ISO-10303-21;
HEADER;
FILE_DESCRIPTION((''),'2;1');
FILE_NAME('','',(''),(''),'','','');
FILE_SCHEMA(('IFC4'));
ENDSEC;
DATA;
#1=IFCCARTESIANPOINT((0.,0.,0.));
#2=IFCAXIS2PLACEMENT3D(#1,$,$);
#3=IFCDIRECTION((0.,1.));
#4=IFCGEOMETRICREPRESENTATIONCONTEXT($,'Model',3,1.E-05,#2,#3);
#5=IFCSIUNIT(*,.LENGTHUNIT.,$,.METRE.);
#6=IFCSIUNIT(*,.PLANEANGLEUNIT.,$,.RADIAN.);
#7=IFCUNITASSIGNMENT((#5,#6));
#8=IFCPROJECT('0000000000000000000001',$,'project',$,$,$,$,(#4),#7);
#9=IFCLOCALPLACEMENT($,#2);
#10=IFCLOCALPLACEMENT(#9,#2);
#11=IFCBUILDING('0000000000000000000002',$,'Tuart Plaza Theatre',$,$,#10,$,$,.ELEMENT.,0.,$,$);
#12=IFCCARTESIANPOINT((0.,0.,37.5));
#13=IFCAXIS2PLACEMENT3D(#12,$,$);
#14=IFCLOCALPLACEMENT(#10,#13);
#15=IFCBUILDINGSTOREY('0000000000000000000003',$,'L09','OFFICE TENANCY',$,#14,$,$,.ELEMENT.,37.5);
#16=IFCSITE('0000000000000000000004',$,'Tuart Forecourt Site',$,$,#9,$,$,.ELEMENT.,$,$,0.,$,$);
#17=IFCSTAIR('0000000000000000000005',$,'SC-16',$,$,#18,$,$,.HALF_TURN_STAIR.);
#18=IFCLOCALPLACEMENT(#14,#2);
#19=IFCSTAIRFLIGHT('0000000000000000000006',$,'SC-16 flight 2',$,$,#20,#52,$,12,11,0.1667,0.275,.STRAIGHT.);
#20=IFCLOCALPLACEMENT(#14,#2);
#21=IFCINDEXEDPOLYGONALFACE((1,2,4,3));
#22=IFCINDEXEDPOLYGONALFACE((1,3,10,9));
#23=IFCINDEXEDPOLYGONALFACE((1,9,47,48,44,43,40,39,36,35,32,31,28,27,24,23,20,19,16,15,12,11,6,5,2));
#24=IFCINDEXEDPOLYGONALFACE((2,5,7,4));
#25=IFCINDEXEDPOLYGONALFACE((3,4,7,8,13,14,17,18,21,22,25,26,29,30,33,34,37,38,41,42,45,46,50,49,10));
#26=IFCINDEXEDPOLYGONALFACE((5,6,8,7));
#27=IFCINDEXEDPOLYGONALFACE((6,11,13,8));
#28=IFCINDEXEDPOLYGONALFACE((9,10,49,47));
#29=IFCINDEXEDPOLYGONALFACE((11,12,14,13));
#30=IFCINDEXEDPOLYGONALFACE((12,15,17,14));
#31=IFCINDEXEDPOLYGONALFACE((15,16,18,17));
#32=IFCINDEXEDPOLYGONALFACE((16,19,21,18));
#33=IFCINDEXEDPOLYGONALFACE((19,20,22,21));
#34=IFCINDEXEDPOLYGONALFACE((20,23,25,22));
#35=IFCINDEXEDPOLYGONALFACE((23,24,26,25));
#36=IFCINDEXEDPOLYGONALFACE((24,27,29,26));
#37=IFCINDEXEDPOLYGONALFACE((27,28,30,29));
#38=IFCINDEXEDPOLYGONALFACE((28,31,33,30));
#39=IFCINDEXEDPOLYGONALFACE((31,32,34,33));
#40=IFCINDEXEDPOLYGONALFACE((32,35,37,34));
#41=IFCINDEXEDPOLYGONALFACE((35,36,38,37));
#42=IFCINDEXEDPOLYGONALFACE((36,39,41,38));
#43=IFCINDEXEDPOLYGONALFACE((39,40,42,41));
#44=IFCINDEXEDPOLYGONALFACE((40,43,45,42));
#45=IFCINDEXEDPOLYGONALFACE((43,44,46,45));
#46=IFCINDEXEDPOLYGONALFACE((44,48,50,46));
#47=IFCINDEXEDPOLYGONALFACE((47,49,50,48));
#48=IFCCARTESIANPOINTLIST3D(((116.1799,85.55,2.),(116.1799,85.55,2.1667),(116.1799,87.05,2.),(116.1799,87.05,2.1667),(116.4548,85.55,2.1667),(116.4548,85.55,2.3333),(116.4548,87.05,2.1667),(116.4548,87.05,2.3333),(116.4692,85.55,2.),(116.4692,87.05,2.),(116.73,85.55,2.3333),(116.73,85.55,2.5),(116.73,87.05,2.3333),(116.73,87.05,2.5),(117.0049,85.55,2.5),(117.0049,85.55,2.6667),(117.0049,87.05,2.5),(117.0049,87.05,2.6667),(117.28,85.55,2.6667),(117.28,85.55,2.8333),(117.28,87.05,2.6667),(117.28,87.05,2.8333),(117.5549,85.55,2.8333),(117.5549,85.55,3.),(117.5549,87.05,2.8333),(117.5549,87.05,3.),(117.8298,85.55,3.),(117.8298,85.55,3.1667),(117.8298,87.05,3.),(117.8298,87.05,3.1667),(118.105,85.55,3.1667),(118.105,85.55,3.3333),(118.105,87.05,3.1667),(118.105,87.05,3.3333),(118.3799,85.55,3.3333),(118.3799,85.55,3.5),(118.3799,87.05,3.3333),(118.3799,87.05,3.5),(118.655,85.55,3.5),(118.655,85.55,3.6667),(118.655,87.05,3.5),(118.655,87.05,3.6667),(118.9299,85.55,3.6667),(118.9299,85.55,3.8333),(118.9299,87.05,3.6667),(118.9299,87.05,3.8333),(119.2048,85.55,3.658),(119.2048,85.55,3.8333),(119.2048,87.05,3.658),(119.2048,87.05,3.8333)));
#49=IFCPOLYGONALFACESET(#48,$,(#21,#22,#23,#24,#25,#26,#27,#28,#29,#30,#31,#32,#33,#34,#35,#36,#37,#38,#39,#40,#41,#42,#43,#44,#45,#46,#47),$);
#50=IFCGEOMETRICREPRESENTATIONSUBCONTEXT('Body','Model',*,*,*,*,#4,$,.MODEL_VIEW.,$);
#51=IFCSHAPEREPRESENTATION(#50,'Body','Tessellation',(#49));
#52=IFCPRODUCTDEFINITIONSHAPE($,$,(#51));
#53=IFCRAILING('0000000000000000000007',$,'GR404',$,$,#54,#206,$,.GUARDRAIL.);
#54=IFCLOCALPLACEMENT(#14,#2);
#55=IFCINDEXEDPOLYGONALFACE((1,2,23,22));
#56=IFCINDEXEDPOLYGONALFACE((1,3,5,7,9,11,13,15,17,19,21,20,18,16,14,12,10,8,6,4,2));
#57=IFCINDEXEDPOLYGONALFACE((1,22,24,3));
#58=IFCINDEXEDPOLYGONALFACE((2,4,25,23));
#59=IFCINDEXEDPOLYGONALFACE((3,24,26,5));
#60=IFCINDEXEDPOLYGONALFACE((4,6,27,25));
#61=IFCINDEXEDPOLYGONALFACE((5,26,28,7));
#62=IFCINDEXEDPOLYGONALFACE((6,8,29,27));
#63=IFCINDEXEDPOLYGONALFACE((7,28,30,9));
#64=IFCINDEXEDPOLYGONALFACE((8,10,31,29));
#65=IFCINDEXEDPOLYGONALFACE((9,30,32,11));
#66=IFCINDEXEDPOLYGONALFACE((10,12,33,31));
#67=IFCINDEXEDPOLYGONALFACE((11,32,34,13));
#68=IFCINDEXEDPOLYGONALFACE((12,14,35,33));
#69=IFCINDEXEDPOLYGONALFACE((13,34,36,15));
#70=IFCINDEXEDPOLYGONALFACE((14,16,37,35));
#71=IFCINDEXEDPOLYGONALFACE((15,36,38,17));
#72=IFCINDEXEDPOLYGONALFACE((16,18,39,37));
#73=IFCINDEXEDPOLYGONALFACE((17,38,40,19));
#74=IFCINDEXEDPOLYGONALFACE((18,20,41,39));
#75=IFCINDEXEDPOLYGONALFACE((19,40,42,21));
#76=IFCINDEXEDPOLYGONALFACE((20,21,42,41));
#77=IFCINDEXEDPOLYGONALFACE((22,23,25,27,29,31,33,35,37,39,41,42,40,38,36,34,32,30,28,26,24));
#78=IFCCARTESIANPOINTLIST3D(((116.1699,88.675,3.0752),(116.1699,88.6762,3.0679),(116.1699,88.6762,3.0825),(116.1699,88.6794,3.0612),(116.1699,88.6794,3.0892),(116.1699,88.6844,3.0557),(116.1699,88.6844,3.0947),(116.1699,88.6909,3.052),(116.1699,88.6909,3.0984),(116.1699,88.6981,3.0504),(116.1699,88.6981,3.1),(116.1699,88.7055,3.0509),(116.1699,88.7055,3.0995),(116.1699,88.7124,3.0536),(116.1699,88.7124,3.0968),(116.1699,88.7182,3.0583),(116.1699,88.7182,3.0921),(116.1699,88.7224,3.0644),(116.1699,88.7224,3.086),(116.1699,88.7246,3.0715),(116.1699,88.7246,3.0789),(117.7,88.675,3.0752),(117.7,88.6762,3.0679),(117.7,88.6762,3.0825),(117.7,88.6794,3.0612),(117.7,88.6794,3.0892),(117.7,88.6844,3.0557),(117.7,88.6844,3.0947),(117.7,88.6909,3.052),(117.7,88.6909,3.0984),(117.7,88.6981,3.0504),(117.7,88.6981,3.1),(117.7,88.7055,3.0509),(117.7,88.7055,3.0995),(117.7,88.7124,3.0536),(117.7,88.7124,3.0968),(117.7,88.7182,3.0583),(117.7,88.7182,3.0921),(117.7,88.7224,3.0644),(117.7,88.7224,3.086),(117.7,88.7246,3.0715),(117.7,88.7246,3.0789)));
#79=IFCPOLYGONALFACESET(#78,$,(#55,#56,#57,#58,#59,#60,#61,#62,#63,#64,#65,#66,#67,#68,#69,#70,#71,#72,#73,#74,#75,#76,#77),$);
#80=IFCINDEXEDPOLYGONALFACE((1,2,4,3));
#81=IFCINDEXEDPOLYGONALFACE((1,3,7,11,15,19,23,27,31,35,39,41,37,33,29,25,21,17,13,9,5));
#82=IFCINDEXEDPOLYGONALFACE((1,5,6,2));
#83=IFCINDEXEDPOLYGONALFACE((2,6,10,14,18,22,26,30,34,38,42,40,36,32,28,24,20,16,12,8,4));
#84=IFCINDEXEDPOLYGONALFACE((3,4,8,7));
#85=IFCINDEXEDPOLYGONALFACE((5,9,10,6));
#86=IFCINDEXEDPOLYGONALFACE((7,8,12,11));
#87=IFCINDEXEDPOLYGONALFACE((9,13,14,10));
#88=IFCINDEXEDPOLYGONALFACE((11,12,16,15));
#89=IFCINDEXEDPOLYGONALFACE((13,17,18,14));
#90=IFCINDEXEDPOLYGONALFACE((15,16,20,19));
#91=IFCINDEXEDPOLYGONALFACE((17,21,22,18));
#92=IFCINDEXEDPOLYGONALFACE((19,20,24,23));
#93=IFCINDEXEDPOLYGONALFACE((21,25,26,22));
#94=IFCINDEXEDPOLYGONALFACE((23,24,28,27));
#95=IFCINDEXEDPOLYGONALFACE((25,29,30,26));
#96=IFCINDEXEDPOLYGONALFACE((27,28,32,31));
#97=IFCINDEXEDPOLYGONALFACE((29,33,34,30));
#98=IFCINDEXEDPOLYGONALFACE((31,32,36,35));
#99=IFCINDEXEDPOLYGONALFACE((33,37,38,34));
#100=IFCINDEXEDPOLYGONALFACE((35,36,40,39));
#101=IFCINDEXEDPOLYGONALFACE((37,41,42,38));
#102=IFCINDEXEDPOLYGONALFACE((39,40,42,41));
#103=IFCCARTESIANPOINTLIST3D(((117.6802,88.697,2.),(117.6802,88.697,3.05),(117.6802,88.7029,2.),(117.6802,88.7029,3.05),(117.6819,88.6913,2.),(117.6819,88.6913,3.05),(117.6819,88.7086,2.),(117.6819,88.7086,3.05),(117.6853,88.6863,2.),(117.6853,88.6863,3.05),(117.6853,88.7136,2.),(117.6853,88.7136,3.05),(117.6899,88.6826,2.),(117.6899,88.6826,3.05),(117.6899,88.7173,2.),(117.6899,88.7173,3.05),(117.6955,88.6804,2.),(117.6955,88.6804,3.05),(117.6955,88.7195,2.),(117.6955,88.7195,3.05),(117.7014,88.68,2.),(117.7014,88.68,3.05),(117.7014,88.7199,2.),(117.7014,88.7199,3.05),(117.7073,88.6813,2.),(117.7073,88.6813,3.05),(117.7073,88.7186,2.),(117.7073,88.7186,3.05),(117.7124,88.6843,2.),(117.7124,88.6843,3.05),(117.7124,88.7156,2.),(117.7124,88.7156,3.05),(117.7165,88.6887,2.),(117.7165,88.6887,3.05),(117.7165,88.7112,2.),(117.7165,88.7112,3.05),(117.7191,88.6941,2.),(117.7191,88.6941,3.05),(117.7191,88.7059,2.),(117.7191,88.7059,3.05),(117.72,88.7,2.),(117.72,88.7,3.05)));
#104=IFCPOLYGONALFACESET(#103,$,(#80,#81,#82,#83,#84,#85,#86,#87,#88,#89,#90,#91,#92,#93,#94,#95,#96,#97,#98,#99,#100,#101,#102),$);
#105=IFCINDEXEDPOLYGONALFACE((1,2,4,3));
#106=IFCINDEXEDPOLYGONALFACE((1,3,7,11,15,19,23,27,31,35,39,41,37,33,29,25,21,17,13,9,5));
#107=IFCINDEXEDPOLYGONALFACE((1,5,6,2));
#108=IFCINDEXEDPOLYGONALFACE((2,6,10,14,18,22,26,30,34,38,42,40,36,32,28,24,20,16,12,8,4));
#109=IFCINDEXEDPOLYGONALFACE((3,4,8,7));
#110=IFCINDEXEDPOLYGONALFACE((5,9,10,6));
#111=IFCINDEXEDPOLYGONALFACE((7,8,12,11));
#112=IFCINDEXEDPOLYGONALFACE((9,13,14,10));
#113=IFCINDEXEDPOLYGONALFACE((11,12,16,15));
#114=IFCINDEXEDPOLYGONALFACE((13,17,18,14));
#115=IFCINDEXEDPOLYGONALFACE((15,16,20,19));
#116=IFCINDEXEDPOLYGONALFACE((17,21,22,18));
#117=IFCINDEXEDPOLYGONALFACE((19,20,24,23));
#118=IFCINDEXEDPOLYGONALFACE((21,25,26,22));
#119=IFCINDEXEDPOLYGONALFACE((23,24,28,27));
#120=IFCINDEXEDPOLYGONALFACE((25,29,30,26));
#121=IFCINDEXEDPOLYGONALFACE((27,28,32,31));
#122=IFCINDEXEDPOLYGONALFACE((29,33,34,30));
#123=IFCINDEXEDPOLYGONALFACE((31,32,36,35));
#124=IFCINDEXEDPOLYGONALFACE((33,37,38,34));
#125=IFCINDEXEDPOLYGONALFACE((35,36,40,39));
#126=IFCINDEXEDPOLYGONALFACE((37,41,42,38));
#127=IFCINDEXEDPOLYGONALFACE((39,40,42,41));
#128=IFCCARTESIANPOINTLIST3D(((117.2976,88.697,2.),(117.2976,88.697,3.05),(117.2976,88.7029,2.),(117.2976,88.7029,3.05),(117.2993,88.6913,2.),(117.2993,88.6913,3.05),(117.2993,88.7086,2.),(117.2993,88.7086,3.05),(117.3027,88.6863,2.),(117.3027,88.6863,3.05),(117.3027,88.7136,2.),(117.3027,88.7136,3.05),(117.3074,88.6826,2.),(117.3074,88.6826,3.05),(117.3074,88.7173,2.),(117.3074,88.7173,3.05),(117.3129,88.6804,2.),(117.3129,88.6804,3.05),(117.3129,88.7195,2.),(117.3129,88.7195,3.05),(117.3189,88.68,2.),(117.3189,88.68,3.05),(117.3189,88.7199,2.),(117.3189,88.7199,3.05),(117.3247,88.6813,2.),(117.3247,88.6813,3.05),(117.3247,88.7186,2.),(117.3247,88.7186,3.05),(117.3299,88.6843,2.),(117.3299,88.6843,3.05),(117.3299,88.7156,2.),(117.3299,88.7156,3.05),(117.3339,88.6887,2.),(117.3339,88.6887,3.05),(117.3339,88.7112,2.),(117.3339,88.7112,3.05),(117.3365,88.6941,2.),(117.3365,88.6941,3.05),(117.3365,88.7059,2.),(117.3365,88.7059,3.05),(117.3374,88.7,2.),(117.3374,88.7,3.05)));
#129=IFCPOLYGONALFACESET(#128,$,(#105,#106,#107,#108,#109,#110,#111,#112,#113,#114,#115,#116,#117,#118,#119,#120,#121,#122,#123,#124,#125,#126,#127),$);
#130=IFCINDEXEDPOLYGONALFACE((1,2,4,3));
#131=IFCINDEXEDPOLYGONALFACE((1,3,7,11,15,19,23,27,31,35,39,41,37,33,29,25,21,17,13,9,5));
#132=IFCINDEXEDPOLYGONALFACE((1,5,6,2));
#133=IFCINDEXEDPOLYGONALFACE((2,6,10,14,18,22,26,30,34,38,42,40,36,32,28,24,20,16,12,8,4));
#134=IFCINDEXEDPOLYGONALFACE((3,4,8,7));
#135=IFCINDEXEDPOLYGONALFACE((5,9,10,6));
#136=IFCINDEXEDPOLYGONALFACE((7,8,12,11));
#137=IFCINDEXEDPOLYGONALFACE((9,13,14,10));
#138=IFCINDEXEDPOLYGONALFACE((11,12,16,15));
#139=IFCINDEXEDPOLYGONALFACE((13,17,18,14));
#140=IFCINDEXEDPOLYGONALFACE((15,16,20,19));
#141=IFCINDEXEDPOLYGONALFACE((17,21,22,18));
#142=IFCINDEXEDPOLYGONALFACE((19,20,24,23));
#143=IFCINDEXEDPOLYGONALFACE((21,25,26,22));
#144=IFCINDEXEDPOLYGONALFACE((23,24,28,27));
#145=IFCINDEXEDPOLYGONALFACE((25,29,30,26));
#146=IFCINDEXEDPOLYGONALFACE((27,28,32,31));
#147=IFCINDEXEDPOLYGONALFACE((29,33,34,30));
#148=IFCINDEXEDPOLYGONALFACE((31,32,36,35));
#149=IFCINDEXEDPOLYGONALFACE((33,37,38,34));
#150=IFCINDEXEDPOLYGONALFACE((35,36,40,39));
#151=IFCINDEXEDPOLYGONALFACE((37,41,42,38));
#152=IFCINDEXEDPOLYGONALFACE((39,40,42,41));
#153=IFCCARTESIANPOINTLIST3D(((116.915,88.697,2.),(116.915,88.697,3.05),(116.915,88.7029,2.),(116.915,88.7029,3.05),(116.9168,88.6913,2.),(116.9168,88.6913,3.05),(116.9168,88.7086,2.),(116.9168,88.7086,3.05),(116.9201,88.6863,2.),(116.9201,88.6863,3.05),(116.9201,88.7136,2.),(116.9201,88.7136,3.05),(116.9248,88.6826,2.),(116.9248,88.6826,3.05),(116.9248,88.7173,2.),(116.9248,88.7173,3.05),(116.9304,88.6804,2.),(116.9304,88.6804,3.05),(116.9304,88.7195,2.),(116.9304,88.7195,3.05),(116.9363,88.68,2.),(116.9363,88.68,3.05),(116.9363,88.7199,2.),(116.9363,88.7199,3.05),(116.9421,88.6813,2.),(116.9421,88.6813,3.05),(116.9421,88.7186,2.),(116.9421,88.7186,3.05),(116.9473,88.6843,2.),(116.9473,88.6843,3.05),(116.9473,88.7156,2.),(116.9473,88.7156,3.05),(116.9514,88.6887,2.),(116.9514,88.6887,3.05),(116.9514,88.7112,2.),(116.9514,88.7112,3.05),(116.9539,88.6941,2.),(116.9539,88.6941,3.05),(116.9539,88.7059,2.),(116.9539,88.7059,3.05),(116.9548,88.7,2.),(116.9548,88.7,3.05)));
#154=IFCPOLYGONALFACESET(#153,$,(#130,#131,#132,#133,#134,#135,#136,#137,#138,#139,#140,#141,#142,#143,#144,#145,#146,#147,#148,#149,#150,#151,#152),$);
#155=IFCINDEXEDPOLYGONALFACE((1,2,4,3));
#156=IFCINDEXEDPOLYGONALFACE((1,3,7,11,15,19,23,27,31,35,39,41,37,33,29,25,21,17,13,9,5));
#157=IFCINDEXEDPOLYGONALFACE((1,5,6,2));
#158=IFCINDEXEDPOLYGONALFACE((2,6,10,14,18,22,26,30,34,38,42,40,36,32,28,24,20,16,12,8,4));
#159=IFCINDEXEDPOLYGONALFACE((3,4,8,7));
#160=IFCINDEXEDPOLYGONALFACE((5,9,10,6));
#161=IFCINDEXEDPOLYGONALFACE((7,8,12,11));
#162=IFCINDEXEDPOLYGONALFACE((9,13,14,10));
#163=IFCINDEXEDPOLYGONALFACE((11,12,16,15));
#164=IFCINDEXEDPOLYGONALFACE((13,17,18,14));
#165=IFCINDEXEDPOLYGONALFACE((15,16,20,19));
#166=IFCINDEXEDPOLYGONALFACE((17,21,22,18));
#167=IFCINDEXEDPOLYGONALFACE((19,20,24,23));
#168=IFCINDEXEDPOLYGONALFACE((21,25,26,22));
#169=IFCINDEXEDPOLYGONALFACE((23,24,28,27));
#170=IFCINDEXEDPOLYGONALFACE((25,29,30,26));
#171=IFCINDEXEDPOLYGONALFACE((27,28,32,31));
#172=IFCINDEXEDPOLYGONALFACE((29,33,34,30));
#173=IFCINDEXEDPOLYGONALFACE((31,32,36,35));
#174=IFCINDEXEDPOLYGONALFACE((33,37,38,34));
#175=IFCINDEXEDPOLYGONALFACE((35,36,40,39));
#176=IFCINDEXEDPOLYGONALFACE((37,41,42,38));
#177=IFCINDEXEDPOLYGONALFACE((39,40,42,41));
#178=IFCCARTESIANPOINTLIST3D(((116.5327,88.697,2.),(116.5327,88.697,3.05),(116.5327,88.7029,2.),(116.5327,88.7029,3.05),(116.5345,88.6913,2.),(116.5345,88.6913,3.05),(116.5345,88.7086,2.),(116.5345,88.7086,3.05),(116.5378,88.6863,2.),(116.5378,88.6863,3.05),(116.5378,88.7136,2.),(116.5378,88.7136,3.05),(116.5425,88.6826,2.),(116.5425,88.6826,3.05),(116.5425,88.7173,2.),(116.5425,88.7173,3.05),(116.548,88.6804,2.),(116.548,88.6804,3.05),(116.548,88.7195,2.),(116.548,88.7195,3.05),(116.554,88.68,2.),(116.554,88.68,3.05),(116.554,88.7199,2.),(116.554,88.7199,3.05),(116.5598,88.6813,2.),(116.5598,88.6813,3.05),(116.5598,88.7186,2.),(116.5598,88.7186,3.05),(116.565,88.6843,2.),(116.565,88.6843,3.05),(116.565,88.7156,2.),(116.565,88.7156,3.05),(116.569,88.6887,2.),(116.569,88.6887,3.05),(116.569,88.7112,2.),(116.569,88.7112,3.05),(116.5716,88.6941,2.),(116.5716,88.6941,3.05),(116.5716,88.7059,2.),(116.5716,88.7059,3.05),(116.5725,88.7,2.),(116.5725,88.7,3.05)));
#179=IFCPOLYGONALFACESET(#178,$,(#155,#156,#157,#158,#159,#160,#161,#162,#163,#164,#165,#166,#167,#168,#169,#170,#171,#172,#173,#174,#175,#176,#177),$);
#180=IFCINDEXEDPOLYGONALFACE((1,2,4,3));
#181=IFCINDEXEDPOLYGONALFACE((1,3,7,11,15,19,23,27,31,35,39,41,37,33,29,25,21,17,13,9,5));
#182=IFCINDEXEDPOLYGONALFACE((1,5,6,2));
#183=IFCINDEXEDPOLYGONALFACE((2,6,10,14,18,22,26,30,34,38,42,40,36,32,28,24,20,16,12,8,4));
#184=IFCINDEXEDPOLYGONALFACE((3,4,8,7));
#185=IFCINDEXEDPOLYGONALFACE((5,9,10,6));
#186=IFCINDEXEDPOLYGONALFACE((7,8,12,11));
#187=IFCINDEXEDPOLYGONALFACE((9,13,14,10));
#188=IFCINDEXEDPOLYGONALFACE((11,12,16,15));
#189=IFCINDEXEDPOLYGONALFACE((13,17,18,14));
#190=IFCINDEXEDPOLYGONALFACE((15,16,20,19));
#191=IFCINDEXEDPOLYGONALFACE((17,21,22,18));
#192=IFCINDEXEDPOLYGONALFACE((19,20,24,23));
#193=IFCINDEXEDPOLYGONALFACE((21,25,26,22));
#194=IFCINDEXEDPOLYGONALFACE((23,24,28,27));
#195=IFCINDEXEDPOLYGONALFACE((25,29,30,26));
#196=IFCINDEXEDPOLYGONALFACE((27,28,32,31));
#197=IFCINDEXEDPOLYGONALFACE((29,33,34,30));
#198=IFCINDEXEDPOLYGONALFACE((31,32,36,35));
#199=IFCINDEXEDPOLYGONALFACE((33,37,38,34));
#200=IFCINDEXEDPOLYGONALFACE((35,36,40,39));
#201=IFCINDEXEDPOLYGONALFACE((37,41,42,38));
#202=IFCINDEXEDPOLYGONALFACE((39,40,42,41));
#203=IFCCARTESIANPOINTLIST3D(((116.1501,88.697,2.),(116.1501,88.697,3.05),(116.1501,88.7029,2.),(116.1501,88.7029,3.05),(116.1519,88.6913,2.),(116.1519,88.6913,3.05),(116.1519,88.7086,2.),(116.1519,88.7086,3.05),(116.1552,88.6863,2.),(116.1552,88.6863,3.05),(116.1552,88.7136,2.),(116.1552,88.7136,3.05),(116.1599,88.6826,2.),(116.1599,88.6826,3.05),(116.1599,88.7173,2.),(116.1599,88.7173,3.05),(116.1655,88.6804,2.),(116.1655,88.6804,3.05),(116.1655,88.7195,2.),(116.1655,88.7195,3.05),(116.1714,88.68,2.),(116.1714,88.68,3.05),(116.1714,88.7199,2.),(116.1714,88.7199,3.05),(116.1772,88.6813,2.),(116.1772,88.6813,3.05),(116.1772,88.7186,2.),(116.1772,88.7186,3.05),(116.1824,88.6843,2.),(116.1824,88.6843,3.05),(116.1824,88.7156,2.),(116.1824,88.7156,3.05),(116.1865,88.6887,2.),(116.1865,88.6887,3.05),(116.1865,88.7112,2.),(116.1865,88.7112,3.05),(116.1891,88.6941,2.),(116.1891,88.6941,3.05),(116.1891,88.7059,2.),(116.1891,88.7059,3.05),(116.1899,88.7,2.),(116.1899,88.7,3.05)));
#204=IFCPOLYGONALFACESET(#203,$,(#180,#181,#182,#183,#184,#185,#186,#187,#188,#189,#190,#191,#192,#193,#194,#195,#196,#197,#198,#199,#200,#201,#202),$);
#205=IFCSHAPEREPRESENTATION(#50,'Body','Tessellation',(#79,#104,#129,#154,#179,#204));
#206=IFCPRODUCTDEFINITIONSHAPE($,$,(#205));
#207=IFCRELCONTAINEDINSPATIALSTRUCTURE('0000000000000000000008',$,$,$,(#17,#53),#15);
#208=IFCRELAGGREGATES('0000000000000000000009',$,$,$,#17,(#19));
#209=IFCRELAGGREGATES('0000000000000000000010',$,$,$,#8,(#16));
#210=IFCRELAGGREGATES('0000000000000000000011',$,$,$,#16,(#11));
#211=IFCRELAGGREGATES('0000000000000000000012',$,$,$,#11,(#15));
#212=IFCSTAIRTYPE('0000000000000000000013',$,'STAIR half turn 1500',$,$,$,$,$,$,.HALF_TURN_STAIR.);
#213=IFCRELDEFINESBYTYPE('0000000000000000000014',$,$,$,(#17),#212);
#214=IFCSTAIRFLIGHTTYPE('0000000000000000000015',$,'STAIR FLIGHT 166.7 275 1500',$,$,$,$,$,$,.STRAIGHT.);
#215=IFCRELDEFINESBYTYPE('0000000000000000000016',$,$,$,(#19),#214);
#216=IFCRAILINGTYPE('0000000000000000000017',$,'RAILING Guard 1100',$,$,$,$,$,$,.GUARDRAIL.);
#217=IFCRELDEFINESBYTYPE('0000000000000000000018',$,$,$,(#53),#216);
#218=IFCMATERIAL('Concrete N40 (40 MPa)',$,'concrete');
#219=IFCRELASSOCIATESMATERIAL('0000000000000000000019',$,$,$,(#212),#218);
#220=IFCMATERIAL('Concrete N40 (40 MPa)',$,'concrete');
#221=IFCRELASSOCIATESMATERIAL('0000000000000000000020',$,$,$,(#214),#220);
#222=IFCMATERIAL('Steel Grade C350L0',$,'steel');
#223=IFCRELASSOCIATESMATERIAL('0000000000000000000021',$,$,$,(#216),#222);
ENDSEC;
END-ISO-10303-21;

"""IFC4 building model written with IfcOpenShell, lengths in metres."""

from ifc_helpers import new_model, si_unit, direction, frame, origin, origin_2d, place, context, subcontext, project, spatial, polyline, circle, outline, extrude, material, type_object, element, aggregate, save


model = new_model("IFC4")

# Units and contexts
model_context = context("Model", 3, precision=1e-05, world=origin(), true_north=direction((0.0, 1.0)))
body_context = subcontext(model_context, "Body", "Model", "MODEL_VIEW")
ifc_project = project(units=[si_unit("LENGTHUNIT", "METRE"), si_unit("PLANEANGLEUNIT", "RADIAN")], contexts=[model_context])

# Site, building, storey
site_placement = place(None, origin())
site = spatial("IfcSite", under=ifc_project, at=site_placement, Name="Tuart Forecourt Site", CompositionType="ELEMENT", RefElevation=0.0)
building_placement = place(site_placement, origin())
building = spatial("IfcBuilding", under=site, at=building_placement, Name="Tuart Plaza Theatre", CompositionType="ELEMENT", ElevationOfRefHeight=0.0)
storey_placement = place(building_placement, frame((0.0, 0.0, 37.5)))
storey = spatial("IfcBuildingStorey", under=building, at=storey_placement, Name="L09", Description="OFFICE TENANCY", CompositionType="ELEMENT", Elevation=37.5)

# Stair, stair flight
ifc_material_1 = material(Name="Concrete N40 (40 MPa)", Category="concrete")
stair_type = type_object("IfcStairType", Name="STAIR half turn 1500", PredefinedType="HALF_TURN_STAIR", material=ifc_material_1)
stair_placement = place(storey_placement, origin())
stair = element("IfcStair", 1, at=stair_placement, inside=storey, type_object=stair_type, Name="SC-16", PredefinedType="HALF_TURN_STAIR")
ifc_material_2 = material(Name="Concrete N40 (40 MPa)", Category="concrete")
stair_flight_type = type_object("IfcStairFlightType", Name="STAIR FLIGHT 166.7 275 1500", PredefinedType="STRAIGHT", material=ifc_material_2)
stair_flight_1_placement = place(storey_placement, frame((116.1799, 86.3, 2.0), z_axis=(0.0, 0.0, 1.0), x_axis=(1.0, 0.0, 0.0)))
stair_flight_1 = element("IfcStairFlight", 2, at=stair_flight_1_placement, type_object=stair_flight_type, Name="SC-16 flight 2", NumberOfRisers=12, NumberOfTreads=11, PredefinedType="STRAIGHT", RiserHeight=0.1667, TreadLength=0.275, context=body_context, shape_type="SweptSolid", body=[
    extrude(outline(polyline([(0.0, 0.0), (0.0, 0.1667), (0.2749, 0.1667), (0.2749, 0.3333), (0.55, 0.3333), (0.55, 0.5), (0.825, 0.5), (0.825, 0.6667), (1.1001, 0.6667), (1.1001, 0.8333), (1.375, 0.8333), (1.375, 1.0), (1.6499, 1.0), (1.6499, 1.1667), (1.925, 1.1667), (1.925, 1.3333), (2.2, 1.3333), (2.2, 1.5), (2.4751, 1.5), (2.4751, 1.6667), (2.75, 1.6667), (2.75, 1.8333), (3.0249, 1.8333), (3.0249, 2.0), (3.0249, 1.658), (0.2893, 0.0), (0.0, 0.0)])), frame((0.0, 0.75, 0.0), z_axis=(0.0, -1.0, 0.0), x_axis=(1.0, 0.0, 0.0)), (0.0, 0.0, 1.0), 1.5),
])
aggregate(stair, [stair_flight_1])

# Railing
ifc_material_3 = material(Name="Steel Grade C350L0", Category="steel")
railing_type_1 = type_object("IfcRailingType", Name="RAILING Guard 1100", PredefinedType="GUARDRAIL", material=ifc_material_3)
railing_1_placement = place(storey_placement, frame((117.7, 88.7, 2.0)))
element("IfcRailing", 3, at=railing_1_placement, inside=storey, type_object=railing_type_1, Name="GR404", PredefinedType="GUARDRAIL", context=body_context, shape_type="SweptSolid", body=[
    extrude(circle(Radius=0.0249, at=origin_2d()), frame((0.0, 0.0, 1.0752), z_axis=(-1.0, 0.0, 0.0), x_axis=(0.0, -1.0, 0.0)), (0.0, 0.0, 1.0), 1.53),
    extrude(circle(Radius=0.02, at=origin_2d()), origin(), (0.0, 0.0, 1.0), 1.05),
    extrude(circle(Radius=0.02, at=origin_2d()), frame((-0.3826, 0.0, 0.0)), (0.0, 0.0, 1.0), 1.05),
    extrude(circle(Radius=0.02, at=origin_2d()), frame((-0.7651, 0.0, 0.0)), (0.0, 0.0, 1.0), 1.05),
    extrude(circle(Radius=0.02, at=origin_2d()), frame((-1.1475, 0.0, 0.0)), (0.0, 0.0, 1.0), 1.05),
    extrude(circle(Radius=0.02, at=origin_2d()), frame((-1.53, 0.0, 0.0)), (0.0, 0.0, 1.0), 1.05),
])

save(model, "model.ifc")
